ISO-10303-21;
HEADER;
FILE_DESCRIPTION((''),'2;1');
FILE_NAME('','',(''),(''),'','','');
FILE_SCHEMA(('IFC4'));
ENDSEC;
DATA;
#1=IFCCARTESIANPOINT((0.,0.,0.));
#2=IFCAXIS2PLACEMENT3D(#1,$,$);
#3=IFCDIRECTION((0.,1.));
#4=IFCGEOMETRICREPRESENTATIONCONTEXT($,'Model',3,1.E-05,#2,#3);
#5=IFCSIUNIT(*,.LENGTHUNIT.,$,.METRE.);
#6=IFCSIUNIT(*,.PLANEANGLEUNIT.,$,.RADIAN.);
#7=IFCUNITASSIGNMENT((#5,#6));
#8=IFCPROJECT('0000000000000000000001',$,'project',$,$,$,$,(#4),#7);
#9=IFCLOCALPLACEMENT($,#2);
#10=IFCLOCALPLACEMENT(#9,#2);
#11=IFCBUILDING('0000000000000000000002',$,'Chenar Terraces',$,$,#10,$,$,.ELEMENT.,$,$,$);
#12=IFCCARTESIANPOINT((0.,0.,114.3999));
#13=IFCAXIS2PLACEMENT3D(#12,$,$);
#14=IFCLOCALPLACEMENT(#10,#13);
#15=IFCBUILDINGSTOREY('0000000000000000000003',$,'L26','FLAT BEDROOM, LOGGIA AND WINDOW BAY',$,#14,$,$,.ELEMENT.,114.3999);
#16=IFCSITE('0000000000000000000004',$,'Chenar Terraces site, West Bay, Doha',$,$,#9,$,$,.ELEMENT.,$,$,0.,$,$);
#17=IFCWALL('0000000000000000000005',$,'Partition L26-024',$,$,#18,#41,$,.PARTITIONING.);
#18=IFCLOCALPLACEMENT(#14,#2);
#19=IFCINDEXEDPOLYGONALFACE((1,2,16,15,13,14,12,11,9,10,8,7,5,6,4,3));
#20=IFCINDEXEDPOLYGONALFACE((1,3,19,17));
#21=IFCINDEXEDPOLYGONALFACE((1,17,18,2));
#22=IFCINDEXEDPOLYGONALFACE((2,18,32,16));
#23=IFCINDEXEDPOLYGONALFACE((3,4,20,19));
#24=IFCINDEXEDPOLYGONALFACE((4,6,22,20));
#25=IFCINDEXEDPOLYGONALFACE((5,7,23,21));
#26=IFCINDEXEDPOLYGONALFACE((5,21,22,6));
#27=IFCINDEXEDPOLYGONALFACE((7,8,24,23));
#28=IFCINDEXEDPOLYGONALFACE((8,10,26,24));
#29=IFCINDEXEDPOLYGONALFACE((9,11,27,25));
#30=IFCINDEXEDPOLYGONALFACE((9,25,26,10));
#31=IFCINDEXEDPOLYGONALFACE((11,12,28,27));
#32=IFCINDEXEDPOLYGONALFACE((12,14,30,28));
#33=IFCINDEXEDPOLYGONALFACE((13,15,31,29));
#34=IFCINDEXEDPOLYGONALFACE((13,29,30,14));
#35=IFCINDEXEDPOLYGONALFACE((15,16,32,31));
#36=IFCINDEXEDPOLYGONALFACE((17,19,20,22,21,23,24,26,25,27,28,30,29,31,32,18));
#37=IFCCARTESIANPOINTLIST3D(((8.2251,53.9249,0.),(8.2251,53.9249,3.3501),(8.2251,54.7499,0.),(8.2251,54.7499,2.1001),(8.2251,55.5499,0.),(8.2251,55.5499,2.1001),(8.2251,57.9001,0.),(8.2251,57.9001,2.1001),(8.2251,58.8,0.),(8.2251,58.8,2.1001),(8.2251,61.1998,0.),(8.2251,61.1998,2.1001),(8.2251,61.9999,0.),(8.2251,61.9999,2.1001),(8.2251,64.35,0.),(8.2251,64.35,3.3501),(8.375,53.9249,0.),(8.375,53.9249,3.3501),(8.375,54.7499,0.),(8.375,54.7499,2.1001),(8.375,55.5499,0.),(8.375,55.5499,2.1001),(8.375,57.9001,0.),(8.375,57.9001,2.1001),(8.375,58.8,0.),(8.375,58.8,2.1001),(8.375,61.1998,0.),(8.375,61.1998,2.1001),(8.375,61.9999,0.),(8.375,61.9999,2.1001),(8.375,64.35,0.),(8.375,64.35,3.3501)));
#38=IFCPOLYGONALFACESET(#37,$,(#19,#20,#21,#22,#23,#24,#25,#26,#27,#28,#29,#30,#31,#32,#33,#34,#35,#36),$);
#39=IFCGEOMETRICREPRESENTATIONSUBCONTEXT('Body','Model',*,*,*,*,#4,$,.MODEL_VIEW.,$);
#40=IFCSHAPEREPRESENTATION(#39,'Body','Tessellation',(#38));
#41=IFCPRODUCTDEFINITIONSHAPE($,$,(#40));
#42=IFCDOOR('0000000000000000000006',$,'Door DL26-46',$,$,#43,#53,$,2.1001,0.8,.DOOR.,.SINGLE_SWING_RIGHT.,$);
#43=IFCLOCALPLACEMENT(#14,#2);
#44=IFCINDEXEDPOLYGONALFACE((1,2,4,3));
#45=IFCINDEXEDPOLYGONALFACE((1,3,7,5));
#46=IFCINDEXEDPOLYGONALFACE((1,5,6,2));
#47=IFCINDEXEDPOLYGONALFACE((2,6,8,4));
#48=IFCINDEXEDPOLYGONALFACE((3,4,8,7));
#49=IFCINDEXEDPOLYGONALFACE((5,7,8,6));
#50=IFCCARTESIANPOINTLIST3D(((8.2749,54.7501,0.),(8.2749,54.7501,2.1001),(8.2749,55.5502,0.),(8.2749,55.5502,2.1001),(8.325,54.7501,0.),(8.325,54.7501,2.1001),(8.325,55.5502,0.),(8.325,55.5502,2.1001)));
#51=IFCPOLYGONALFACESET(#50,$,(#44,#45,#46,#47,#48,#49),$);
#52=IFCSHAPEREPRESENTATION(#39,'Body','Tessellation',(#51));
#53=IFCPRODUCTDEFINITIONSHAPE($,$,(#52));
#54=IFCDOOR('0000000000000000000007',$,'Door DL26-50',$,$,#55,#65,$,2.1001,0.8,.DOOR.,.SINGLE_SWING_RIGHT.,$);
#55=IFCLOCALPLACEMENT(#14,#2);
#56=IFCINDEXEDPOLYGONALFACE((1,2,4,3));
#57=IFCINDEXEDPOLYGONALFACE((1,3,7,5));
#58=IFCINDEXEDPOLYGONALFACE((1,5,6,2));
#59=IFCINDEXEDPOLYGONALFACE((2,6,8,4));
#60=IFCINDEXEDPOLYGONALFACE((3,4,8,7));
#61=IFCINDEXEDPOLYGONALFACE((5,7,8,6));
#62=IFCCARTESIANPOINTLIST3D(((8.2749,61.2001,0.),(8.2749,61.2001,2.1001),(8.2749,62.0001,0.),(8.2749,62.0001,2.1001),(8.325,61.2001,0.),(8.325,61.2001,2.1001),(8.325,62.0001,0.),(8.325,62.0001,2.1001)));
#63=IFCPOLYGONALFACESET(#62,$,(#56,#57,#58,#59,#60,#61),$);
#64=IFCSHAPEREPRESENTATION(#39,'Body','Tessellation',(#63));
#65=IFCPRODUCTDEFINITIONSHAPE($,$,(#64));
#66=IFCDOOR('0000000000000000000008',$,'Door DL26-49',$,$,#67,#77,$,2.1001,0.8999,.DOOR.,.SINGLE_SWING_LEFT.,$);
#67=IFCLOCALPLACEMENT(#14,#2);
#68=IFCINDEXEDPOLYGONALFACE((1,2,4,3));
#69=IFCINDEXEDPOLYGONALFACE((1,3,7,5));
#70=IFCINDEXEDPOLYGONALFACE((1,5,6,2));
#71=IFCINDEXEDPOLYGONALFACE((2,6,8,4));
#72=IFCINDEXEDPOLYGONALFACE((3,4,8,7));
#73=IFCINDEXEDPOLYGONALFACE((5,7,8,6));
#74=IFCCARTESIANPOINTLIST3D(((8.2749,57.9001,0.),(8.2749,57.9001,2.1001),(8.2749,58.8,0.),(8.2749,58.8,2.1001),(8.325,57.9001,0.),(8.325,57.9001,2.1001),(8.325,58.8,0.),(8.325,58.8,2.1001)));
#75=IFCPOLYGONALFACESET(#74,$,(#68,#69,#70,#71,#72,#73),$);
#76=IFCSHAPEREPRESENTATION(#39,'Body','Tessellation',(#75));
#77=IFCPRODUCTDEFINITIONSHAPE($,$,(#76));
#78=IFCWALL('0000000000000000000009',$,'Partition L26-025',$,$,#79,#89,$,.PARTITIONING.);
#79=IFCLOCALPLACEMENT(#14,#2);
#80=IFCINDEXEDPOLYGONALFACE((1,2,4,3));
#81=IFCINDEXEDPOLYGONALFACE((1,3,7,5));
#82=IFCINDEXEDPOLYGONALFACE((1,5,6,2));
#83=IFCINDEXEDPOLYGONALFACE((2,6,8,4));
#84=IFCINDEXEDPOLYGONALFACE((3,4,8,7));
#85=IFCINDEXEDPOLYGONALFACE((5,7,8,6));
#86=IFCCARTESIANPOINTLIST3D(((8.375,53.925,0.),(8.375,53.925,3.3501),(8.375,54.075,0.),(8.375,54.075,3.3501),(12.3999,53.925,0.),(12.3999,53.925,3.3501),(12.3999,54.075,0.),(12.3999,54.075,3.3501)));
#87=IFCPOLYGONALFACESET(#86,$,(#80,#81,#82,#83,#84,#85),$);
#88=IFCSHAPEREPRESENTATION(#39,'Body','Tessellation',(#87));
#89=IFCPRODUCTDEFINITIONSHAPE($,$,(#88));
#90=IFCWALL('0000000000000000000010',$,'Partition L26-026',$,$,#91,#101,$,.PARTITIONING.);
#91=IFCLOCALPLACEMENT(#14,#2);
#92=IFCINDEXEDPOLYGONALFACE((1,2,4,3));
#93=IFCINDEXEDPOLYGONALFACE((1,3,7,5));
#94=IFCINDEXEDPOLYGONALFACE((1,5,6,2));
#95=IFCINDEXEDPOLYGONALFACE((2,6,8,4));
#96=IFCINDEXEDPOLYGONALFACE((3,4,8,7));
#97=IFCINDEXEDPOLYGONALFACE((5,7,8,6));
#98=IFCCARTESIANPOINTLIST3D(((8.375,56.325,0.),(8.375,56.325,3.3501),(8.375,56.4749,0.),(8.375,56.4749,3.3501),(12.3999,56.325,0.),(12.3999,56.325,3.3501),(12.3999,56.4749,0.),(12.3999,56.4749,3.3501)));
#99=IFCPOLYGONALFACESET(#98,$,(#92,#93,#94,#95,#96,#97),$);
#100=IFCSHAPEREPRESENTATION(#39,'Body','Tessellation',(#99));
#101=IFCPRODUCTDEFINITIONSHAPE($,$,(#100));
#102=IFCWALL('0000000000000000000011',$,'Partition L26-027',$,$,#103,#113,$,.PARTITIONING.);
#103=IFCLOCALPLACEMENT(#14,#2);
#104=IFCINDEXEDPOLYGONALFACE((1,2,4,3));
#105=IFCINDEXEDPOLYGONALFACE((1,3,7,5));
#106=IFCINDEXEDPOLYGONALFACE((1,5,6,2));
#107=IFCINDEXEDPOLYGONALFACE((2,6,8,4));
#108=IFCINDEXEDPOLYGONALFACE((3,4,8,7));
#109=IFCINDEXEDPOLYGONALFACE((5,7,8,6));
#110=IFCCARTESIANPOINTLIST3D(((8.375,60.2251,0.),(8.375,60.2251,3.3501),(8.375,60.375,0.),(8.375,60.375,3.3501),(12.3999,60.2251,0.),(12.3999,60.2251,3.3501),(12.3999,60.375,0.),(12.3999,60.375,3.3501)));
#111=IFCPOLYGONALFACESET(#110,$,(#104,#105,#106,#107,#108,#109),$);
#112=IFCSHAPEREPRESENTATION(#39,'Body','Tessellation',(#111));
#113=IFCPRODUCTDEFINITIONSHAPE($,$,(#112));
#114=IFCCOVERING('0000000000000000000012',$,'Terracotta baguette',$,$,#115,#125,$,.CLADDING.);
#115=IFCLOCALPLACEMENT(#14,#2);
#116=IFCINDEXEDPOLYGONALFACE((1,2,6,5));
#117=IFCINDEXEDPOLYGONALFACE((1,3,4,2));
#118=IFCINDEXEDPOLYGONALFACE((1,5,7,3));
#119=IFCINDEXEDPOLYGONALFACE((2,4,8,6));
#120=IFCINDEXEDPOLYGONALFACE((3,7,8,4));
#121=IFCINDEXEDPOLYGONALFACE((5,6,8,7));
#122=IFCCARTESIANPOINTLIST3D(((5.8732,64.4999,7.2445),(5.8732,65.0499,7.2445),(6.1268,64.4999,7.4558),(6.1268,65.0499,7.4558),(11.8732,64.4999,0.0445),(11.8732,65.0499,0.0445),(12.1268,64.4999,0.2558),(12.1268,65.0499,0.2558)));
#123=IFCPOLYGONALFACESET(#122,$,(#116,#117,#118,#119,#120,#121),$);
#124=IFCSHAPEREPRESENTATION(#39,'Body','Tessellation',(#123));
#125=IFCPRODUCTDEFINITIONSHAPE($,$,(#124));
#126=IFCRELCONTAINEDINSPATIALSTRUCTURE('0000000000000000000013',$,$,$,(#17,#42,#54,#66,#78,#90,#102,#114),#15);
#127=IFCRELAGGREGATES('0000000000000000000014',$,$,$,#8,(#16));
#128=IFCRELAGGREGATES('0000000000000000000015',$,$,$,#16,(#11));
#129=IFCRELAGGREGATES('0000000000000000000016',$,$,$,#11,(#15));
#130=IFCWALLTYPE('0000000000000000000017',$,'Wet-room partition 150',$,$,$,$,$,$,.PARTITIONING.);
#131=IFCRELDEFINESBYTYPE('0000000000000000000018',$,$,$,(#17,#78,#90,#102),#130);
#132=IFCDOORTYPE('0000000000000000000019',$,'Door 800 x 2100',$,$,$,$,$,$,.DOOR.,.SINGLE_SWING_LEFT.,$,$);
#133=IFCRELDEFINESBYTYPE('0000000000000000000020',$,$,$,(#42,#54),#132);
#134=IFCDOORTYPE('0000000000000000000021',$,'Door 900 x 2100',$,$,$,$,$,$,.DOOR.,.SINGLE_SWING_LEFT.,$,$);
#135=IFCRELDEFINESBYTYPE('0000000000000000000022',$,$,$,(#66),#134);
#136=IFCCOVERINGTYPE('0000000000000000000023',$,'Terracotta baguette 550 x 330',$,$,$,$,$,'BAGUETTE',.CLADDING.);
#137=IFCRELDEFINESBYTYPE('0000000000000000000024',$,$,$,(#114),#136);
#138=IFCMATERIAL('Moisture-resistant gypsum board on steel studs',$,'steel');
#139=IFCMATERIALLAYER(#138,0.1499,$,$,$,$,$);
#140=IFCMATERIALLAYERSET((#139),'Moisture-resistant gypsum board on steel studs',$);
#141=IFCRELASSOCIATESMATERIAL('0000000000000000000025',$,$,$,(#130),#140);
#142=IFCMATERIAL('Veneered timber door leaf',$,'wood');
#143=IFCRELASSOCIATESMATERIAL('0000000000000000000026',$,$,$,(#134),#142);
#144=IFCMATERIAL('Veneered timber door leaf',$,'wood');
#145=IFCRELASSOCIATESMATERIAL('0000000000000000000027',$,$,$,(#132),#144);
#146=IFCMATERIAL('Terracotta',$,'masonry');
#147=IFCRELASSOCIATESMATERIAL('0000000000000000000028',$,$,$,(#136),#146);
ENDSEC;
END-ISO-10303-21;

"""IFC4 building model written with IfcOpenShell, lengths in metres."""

from ifc_helpers import new_model, si_unit, direction, frame, frame_2d, origin, origin_2d, place, context, subcontext, project, spatial, rectangle, extrude, material, layer, layer_set, material_profile, profile_set, type_object, element, fill, save


model = new_model("IFC4")

# Units and contexts
model_context = context("Model", 3, precision=1e-05, world=origin(), true_north=direction((0.0, 1.0)))
body_context = subcontext(model_context, "Body", "Model", "MODEL_VIEW")
ifc_project = project(units=[si_unit("LENGTHUNIT", "METRE"), si_unit("PLANEANGLEUNIT", "RADIAN")], contexts=[model_context])

# Site, building, storey
site_placement = place(None, origin())
site = spatial("IfcSite", under=ifc_project, at=site_placement, Name="Chenar Terraces site, West Bay, Doha", CompositionType="ELEMENT", RefElevation=0.0)
building_placement = place(site_placement, origin())
building = spatial("IfcBuilding", under=site, at=building_placement, Name="Chenar Terraces", CompositionType="ELEMENT")
storey_placement = place(building_placement, frame((0.0, 0.0, 114.3999)))
storey = spatial("IfcBuildingStorey", under=building, at=storey_placement, Name="L26", Description="FLAT BEDROOM, LOGGIA AND WINDOW BAY", CompositionType="ELEMENT", Elevation=114.3999)

# Shared definitions
ifc_material_1 = material(Name="Moisture-resistant gypsum board on steel studs", Category="steel")
ifc_layer_1 = layer(ifc_material_1, 0.1499)
ifc_layer_set_1 = layer_set([ifc_layer_1], Name="Moisture-resistant gypsum board on steel studs")
wall_type_1 = type_object("IfcWallType", Name="Wet-room partition 150", PredefinedType="PARTITIONING", material=ifc_layer_set_1)
ifc_material_2 = material(Name="Veneered timber door leaf", Category="wood")
door_type_1 = type_object("IfcDoorType", Name="Door 900 x 2100", OperationType="SINGLE_SWING_LEFT", PredefinedType="DOOR", material=ifc_material_2)

# Wall, openings, doors
wall_1_placement = place(storey_placement, frame((8.3, 53.925, 0.0), z_axis=(0.0, 0.0, 1.0), x_axis=(0.0, 1.0, 0.0)))
wall_1 = element("IfcWall", 1, at=wall_1_placement, inside=storey, type_object=wall_type_1, Name="Partition L26-024", PredefinedType="PARTITIONING", context=body_context, shape_type="SweptSolid", body=[
    extrude(rectangle(XDim=10.425, YDim=0.1499, at=frame_2d((5.2124, 0.0))), origin(), (0.0, 0.0, 1.0), 3.3501),
])
opening_1_placement = place(wall_1_placement, frame((0.825, 0.0, 0.0)))
opening_1 = element("IfcOpeningElement", 2, at=opening_1_placement, cuts=wall_1, PredefinedType="OPENING", context=body_context, shape_type="SweptSolid", body=[
    extrude(rectangle(XDim=0.8, YDim=2.1001, at=frame_2d((0.3999, 1.05))), frame((0.0, 0.085, 0.0), z_axis=(0.0, -1.0, 0.0), x_axis=(1.0, 0.0, 0.0)), (0.0, 0.0, 1.0), 0.1699),
])
opening_2_placement = place(wall_1_placement, frame((3.9751, 0.0, 0.0)))
opening_2 = element("IfcOpeningElement", 3, at=opening_2_placement, cuts=wall_1, PredefinedType="OPENING", context=body_context, shape_type="SweptSolid", body=[
    extrude(rectangle(XDim=0.8999, YDim=2.1001, at=frame_2d((0.45, 1.05))), frame((0.0, 0.085, 0.0), z_axis=(0.0, -1.0, 0.0), x_axis=(1.0, 0.0, 0.0)), (0.0, 0.0, 1.0), 0.1699),
])
opening_3_placement = place(wall_1_placement, frame((7.2749, 0.0, 0.0)))
opening_3 = element("IfcOpeningElement", 4, at=opening_3_placement, cuts=wall_1, PredefinedType="OPENING", context=body_context, shape_type="SweptSolid", body=[
    extrude(rectangle(XDim=0.8, YDim=2.1001, at=frame_2d((0.3999, 1.05))), frame((0.0, 0.085, 0.0), z_axis=(0.0, -1.0, 0.0), x_axis=(1.0, 0.0, 0.0)), (0.0, 0.0, 1.0), 0.1699),
])
ifc_material_3 = material(Name="Veneered timber door leaf", Category="wood")
door_type_2 = type_object("IfcDoorType", Name="Door 800 x 2100", OperationType="SINGLE_SWING_LEFT", PredefinedType="DOOR", material=ifc_material_3)
door_1_placement = place(opening_1_placement, frame((0.8, 0.0, 0.0), z_axis=(0.0, 0.0, 1.0), x_axis=(-1.0, 0.0, 0.0)))
door_1 = element("IfcDoor", 5, at=door_1_placement, inside=storey, type_object=door_type_2, Name="Door DL26-46", OperationType="SINGLE_SWING_RIGHT", OverallHeight=2.1001, OverallWidth=0.8, PredefinedType="DOOR", context=body_context, shape_type="SweptSolid", body=[
    extrude(rectangle(XDim=0.8, YDim=2.1001, at=frame_2d((0.3999, 1.05))), frame((0.0, 0.0249, 0.0), z_axis=(0.0, -1.0, 0.0), x_axis=(1.0, 0.0, 0.0)), (0.0, 0.0, 1.0), 0.05),
])
fill(opening_1, door_1)
door_2_placement = place(opening_3_placement, frame((0.8, 0.0, 0.0), z_axis=(0.0, 0.0, 1.0), x_axis=(-1.0, 0.0, 0.0)))
door_2 = element("IfcDoor", 6, at=door_2_placement, inside=storey, type_object=door_type_2, Name="Door DL26-50", OperationType="SINGLE_SWING_RIGHT", OverallHeight=2.1001, OverallWidth=0.8, PredefinedType="DOOR", context=body_context, shape_type="SweptSolid", body=[
    extrude(rectangle(XDim=0.8, YDim=2.1001, at=frame_2d((0.3999, 1.05))), frame((0.0, 0.0249, 0.0), z_axis=(0.0, -1.0, 0.0), x_axis=(1.0, 0.0, 0.0)), (0.0, 0.0, 1.0), 0.05),
])
fill(opening_3, door_2)
door_3_placement = place(opening_2_placement, frame((0.8999, 0.0, 0.0), z_axis=(0.0, 0.0, 1.0), x_axis=(-1.0, 0.0, 0.0)))
door_3 = element("IfcDoor", 7, at=door_3_placement, inside=storey, type_object=door_type_1, Name="Door DL26-49", OperationType="SINGLE_SWING_LEFT", OverallHeight=2.1001, OverallWidth=0.8999, PredefinedType="DOOR", context=body_context, shape_type="SweptSolid", body=[
    extrude(rectangle(XDim=0.8999, YDim=2.1001, at=frame_2d((0.45, 1.05))), frame((0.0, 0.0249, 0.0), z_axis=(0.0, -1.0, 0.0), x_axis=(1.0, 0.0, 0.0)), (0.0, 0.0, 1.0), 0.05),
])
fill(opening_2, door_3)

# Walls
for number, where, z_axis, x_axis, name in (
    (8, (8.375, 54.0, 0.0), (0.0, 0.0, 1.0), (1.0, 0.0, 0.0), "Partition L26-025"),
    (9, (8.375, 56.3999, 0.0), (0.0, 0.0, 1.0), (1.0, 0.0, 0.0), "Partition L26-026"),
    (10, (8.375, 60.3, 0.0), (0.0, 0.0, 1.0), (1.0, 0.0, 0.0), "Partition L26-027"),
):
    element("IfcWall", number, at=place(storey_placement, frame(where, z_axis=z_axis, x_axis=x_axis)), inside=storey, type_object=wall_type_1, Name=name, PredefinedType="PARTITIONING", context=body_context, shape_type="SweptSolid", body=[
        extrude(rectangle(XDim=4.0249, YDim=0.1499, at=frame_2d((2.0125, 0.0))), origin(), (0.0, 0.0, 1.0), 3.3501),
    ])

# Covering
ifc_material_4 = material(Name="Terracotta", Category="masonry")
ifc_material_profile_1 = material_profile(ifc_material_4, rectangle(XDim=0.55, YDim=0.3301, at=origin_2d()), Name="Terracotta baguette 550 x 330")
ifc_profile_set_1 = profile_set([ifc_material_profile_1], Name="Terracotta")
covering_type = type_object("IfcCoveringType", Name="Terracotta baguette 550 x 330", ElementType="BAGUETTE", PredefinedType="CLADDING", material=ifc_profile_set_1)
covering_placement = place(storey_placement, frame((12.0, 64.7749, 0.1501), z_axis=(-0.640187, 0.0, 0.768219), x_axis=(0.0, -1.0, 0.0)))
element("IfcCovering", 11, at=covering_placement, inside=storey, type_object=covering_type, Name="Terracotta baguette", PredefinedType="CLADDING", context=body_context, shape_type="SweptSolid", body=[
    extrude(rectangle(XDim=0.55, YDim=0.3301, at=origin_2d()), origin(), (0.0, 0.0, 1.0), 9.3723),
])

save(model, "model.ifc")
